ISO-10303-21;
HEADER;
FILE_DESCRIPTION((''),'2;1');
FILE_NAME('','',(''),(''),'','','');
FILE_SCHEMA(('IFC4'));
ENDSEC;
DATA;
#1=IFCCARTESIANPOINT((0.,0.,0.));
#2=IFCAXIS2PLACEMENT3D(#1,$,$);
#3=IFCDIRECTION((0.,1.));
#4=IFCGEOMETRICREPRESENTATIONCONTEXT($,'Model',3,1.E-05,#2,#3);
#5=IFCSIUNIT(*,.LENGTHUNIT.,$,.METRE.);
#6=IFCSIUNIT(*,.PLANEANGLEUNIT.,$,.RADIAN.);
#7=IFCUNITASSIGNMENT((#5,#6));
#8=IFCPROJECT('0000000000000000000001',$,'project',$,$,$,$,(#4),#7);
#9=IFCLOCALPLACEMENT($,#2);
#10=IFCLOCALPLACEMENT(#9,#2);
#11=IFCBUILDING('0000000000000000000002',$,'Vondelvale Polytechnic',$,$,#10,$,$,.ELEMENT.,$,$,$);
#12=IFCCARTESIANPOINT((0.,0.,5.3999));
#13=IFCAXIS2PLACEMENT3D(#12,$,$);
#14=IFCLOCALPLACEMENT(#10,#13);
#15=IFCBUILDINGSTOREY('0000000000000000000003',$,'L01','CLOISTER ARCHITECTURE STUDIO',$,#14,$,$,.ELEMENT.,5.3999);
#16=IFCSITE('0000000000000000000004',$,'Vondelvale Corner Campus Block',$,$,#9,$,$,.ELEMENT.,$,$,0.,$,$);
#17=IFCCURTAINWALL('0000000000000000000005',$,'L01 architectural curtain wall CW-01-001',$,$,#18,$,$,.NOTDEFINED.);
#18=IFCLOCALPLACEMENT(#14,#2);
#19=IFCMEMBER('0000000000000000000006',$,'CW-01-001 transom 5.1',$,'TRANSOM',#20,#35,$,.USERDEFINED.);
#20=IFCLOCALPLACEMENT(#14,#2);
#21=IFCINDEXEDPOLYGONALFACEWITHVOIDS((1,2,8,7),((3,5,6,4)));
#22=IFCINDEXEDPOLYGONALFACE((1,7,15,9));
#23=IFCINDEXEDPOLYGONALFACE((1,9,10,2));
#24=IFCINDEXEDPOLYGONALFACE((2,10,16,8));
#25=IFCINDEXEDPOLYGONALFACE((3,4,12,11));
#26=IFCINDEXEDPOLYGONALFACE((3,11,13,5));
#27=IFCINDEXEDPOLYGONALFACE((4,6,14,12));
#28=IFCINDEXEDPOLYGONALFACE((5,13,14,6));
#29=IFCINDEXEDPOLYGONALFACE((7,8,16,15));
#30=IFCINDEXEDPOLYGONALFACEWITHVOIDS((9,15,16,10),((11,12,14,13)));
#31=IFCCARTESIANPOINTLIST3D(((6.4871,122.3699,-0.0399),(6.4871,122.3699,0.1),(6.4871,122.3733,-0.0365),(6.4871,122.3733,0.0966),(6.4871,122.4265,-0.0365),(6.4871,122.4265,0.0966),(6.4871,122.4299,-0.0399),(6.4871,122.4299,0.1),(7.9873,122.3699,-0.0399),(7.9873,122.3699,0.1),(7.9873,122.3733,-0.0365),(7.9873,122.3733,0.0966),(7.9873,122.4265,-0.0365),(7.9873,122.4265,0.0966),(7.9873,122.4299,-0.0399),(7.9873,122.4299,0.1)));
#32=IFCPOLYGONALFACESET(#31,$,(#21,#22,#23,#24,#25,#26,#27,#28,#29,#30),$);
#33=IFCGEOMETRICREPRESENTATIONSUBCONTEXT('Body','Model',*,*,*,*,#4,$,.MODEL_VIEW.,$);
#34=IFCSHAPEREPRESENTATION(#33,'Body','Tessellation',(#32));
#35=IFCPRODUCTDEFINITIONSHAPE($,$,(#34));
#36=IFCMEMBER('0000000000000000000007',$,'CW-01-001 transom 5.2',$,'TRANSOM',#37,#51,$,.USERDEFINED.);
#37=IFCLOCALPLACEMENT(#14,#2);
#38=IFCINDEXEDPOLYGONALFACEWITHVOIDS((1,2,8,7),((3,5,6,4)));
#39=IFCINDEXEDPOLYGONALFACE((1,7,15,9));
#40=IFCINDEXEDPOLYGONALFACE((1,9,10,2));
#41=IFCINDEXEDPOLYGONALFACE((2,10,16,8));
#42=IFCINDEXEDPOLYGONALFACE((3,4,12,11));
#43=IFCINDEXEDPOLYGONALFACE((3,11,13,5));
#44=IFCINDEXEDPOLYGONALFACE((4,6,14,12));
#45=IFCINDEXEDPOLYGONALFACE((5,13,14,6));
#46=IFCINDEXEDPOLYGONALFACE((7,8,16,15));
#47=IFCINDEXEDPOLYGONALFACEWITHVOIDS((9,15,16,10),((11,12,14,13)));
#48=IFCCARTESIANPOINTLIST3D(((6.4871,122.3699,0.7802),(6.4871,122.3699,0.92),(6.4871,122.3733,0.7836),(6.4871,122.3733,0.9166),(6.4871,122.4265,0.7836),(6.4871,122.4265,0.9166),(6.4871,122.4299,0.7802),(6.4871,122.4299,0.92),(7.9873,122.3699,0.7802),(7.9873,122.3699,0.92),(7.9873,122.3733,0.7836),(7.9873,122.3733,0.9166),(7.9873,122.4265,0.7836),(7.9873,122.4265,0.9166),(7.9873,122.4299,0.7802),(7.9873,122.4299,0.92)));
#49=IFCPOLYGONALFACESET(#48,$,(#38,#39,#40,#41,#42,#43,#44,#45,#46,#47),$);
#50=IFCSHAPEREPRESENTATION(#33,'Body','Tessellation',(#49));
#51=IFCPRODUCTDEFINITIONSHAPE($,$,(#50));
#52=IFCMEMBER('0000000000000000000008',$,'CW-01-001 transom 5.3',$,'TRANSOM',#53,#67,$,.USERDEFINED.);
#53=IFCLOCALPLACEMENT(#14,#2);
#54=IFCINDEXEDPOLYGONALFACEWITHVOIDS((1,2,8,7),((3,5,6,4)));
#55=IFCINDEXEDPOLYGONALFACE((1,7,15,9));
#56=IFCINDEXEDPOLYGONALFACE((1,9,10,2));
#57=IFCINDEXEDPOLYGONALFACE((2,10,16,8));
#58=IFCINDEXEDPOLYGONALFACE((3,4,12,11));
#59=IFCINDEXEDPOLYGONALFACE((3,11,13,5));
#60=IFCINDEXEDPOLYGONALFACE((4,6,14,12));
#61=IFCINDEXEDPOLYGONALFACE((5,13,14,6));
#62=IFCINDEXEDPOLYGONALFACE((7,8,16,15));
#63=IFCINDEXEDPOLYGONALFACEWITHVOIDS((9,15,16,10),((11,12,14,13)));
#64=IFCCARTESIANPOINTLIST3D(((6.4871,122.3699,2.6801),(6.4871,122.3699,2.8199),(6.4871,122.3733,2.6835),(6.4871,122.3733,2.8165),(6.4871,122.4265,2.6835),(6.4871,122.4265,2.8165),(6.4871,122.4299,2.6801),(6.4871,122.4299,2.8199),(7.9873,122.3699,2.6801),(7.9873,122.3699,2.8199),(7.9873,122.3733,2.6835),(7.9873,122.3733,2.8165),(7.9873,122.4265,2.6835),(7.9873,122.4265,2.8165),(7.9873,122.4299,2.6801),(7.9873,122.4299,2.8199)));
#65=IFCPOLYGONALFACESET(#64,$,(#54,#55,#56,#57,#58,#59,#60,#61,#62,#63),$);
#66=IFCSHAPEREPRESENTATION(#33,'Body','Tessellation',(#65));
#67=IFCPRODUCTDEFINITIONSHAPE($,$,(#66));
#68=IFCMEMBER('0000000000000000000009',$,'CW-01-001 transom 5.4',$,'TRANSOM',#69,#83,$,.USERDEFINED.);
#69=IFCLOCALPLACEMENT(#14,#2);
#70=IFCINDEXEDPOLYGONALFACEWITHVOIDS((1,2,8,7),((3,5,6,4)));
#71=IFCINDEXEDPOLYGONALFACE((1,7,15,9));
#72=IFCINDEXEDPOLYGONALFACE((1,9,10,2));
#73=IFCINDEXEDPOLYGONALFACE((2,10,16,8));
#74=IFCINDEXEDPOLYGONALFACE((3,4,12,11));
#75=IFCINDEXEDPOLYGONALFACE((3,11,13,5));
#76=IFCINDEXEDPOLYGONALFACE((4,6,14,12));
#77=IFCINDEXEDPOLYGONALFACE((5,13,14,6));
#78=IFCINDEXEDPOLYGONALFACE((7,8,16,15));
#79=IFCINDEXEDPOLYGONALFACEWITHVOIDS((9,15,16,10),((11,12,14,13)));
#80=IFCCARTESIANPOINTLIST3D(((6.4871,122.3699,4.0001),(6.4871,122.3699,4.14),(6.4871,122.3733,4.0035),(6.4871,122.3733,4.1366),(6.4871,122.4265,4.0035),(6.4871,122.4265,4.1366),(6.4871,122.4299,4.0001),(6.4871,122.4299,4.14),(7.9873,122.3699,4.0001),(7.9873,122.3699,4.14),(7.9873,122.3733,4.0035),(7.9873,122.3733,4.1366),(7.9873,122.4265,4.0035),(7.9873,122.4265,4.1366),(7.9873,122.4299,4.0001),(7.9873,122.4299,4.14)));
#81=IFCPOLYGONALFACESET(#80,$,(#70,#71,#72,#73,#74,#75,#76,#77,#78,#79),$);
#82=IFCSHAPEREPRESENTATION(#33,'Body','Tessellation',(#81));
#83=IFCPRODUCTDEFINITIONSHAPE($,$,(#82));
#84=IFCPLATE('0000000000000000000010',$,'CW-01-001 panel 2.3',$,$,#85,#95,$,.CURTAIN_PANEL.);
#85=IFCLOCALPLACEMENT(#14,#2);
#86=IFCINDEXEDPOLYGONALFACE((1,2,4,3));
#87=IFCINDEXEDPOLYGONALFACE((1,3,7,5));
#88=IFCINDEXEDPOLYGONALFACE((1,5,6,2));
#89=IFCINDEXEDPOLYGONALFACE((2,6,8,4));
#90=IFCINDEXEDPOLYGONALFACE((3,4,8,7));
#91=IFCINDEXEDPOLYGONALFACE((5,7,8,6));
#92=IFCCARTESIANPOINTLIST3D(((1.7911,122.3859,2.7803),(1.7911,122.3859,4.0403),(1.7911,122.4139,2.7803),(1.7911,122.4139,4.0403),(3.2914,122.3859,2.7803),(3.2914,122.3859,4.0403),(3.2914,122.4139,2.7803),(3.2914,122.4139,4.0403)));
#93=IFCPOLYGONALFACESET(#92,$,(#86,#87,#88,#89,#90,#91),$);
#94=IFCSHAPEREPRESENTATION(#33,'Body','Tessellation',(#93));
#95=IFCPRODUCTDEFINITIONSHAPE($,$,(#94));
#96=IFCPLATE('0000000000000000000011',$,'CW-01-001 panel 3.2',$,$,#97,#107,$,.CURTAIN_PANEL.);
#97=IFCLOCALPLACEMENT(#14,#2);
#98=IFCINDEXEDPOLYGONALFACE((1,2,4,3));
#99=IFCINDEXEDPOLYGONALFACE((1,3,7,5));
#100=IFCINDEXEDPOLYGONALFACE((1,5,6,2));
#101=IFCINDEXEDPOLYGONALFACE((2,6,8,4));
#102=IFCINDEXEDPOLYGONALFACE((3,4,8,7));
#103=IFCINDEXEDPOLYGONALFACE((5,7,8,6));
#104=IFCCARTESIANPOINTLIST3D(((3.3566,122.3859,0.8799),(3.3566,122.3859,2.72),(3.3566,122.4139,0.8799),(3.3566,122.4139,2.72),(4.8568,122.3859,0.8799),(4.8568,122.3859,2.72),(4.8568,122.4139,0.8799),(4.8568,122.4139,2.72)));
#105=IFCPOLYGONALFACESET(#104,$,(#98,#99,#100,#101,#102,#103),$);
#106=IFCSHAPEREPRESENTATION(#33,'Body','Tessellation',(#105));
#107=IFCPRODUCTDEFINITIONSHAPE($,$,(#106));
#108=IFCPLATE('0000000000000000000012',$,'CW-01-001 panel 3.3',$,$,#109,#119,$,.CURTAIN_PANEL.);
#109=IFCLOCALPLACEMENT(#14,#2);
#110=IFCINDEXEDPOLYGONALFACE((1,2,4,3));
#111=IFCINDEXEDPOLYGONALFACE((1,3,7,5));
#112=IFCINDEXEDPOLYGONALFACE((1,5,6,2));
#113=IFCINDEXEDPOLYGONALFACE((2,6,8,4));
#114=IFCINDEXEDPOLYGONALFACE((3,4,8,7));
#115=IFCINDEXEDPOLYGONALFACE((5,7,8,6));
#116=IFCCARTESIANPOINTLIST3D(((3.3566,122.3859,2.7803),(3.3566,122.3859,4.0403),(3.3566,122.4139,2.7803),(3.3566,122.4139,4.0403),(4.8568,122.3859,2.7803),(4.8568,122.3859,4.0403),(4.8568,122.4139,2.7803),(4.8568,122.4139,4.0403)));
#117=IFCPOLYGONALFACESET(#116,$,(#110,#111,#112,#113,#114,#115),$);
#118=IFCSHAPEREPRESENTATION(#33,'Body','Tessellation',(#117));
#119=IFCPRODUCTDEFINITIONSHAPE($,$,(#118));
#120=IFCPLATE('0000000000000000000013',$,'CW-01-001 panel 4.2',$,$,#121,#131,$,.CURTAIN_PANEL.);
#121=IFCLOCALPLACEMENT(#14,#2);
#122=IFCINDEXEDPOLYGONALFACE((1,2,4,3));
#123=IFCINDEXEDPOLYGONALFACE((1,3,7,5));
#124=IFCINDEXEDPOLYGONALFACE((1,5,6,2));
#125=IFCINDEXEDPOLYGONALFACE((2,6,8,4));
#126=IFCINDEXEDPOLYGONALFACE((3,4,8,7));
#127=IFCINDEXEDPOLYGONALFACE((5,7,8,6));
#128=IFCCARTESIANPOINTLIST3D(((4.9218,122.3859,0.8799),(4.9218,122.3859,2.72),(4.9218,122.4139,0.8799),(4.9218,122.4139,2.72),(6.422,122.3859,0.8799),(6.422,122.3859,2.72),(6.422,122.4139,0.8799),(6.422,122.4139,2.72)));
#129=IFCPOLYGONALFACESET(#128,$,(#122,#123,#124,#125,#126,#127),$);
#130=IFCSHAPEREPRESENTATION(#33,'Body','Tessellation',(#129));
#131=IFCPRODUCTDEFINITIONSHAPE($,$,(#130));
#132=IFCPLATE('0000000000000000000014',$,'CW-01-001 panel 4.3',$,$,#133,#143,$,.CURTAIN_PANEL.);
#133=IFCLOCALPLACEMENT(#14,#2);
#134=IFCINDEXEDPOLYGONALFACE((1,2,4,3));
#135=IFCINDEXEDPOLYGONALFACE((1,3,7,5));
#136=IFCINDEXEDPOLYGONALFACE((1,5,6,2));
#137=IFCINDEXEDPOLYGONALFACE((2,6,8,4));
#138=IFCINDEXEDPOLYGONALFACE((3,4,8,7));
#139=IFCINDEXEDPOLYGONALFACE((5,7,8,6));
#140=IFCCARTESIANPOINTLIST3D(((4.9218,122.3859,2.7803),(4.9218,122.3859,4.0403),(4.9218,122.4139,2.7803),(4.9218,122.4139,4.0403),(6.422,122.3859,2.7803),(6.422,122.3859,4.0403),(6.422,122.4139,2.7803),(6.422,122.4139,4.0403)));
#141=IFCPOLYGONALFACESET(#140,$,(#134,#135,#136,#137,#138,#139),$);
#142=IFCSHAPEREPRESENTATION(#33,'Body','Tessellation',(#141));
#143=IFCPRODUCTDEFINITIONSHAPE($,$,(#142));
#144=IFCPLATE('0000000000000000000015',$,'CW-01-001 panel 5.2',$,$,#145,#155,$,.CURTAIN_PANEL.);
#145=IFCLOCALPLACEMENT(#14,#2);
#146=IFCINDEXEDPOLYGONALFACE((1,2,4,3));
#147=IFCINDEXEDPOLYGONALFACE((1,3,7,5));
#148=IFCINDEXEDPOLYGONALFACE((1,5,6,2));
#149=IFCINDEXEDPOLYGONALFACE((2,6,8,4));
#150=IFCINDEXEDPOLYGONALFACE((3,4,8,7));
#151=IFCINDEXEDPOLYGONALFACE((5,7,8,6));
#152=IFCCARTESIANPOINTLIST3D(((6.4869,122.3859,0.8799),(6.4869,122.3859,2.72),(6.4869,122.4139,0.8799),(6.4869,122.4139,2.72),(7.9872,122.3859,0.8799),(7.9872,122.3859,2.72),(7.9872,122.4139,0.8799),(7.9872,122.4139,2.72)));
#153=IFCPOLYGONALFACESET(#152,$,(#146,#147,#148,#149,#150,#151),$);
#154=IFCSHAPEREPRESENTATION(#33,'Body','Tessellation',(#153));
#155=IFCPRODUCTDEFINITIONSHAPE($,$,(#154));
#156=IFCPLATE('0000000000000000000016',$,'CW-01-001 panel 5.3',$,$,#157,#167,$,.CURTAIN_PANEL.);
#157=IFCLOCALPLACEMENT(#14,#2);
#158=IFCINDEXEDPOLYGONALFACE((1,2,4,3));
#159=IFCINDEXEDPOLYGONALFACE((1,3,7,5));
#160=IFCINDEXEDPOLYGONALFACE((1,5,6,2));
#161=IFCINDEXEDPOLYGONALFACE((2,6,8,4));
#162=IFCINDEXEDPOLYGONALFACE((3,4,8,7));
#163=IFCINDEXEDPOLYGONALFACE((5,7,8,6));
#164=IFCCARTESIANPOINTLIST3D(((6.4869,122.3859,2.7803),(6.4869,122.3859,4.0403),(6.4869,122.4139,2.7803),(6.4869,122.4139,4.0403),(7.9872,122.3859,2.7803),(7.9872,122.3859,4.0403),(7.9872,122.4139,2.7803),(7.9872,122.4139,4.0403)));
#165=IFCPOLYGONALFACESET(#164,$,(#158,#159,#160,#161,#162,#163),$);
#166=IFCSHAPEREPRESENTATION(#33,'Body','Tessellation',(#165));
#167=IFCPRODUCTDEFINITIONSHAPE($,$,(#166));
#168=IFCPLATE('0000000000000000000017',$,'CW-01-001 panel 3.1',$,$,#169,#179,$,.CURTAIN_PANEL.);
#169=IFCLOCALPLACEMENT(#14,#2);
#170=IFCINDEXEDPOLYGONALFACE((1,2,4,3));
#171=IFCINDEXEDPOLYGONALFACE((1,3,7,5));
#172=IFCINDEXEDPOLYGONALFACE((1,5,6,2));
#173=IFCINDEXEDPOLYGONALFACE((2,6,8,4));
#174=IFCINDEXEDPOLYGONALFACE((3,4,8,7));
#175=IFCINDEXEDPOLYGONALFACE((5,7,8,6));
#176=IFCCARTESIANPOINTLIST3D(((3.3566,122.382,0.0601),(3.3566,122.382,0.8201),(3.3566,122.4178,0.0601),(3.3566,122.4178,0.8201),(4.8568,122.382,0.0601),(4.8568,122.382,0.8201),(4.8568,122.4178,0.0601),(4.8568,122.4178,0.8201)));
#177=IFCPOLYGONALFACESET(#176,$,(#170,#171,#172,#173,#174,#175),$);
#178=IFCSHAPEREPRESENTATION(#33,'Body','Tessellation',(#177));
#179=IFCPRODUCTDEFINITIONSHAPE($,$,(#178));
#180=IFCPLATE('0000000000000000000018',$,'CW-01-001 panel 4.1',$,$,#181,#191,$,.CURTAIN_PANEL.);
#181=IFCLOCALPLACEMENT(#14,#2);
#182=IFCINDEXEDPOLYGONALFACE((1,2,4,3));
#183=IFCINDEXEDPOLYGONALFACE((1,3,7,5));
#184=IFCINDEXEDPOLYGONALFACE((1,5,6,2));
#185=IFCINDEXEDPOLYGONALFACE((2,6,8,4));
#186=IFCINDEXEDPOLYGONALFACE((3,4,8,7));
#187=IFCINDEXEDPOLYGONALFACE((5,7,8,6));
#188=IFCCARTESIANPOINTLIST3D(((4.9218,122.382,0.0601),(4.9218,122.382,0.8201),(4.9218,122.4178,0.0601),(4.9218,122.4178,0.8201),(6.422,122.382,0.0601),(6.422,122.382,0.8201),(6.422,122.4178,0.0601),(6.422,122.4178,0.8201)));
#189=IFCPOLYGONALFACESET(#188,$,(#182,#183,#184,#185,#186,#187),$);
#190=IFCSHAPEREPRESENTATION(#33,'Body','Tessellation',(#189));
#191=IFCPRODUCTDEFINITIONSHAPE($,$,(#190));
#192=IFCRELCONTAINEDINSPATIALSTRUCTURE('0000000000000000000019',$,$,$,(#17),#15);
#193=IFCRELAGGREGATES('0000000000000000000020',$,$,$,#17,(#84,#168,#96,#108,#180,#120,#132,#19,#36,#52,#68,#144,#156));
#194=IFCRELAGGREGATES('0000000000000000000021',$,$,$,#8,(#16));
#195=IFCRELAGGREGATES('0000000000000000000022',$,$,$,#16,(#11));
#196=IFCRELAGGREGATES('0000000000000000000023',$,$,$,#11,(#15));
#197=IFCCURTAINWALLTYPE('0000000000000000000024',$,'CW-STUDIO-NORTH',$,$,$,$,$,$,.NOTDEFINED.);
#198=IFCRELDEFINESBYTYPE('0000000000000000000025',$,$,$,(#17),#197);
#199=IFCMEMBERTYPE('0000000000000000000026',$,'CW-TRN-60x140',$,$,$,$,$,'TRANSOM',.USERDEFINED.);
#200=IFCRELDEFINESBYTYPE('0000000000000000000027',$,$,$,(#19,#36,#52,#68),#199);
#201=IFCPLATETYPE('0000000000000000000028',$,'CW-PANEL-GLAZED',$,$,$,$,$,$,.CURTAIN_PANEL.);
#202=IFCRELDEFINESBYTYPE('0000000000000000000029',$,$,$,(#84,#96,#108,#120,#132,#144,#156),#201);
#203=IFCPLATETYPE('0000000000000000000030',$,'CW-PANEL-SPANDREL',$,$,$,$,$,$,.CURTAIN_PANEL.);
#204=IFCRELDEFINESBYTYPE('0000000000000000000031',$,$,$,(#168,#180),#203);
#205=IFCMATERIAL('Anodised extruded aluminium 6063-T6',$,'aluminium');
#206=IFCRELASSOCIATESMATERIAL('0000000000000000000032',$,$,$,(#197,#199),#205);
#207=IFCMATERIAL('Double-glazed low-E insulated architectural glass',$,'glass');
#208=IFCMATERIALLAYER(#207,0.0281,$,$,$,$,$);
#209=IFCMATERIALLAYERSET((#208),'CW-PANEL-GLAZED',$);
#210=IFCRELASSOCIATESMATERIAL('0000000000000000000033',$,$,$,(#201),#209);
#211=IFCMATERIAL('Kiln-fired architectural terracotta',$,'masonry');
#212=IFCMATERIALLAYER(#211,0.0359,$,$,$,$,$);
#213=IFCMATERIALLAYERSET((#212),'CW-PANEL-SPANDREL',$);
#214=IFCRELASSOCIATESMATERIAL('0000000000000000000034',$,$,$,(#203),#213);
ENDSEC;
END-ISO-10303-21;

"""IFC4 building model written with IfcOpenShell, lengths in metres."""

from ifc_helpers import new_model, si_unit, direction, frame, origin, origin_2d, place, context, subcontext, project, spatial, rectangle, hollow_rectangle, extrude, material, layer, layer_set, material_profile, profile_set, type_object, element, aggregate, save


model = new_model("IFC4")

# Units and contexts
model_context = context("Model", 3, precision=1e-05, world=origin(), true_north=direction((0.0, 1.0)))
body_context = subcontext(model_context, "Body", "Model", "MODEL_VIEW")
ifc_project = project(units=[si_unit("LENGTHUNIT", "METRE"), si_unit("PLANEANGLEUNIT", "RADIAN")], contexts=[model_context])

# Site, building, storey
site_placement = place(None, origin())
site = spatial("IfcSite", under=ifc_project, at=site_placement, Name="Vondelvale Corner Campus Block", CompositionType="ELEMENT", RefElevation=0.0)
building_placement = place(site_placement, origin())
building = spatial("IfcBuilding", under=site, at=building_placement, Name="Vondelvale Polytechnic", CompositionType="ELEMENT")
storey_placement = place(building_placement, frame((0.0, 0.0, 5.3999)))
storey = spatial("IfcBuildingStorey", under=building, at=storey_placement, Name="L01", Description="CLOISTER ARCHITECTURE STUDIO", CompositionType="ELEMENT", Elevation=5.3999)

# Curtain wall, members, plates
ifc_material_1 = material(Name="Anodised extruded aluminium 6063-T6", Category="aluminium")
curtain_wall_type = type_object("IfcCurtainWallType", Name="CW-STUDIO-NORTH", PredefinedType="NOTDEFINED", material=ifc_material_1)
curtain_wall_placement = place(storey_placement, origin())
curtain_wall = element("IfcCurtainWall", 1, at=curtain_wall_placement, inside=storey, type_object=curtain_wall_type, Name="L01 architectural curtain wall CW-01-001", PredefinedType="NOTDEFINED")
ifc_material_profile_1 = material_profile(ifc_material_1, hollow_rectangle(XDim=0.0601, YDim=0.1399, WallThickness=0.0034, at=origin_2d()), Name="CW-TRN-140x60")
ifc_profile_set_1 = profile_set([ifc_material_profile_1], Name="Anodised extruded aluminium 6063-T6")
member_type_1 = type_object("IfcMemberType", Name="CW-TRN-60x140", ElementType="TRANSOM", PredefinedType="USERDEFINED", material=ifc_profile_set_1)
member_1_placement = place(storey_placement, frame((6.4871, 122.3999, 0.03), z_axis=(1.0, 0.0, 0.0), x_axis=(0.0, 1.0, 0.0)))
member_1 = element("IfcMember", 2, at=member_1_placement, type_object=member_type_1, Name="CW-01-001 transom 5.1", ObjectType="TRANSOM", PredefinedType="USERDEFINED", context=body_context, shape_type="SweptSolid", body=[
    extrude(hollow_rectangle(XDim=0.0601, YDim=0.1399, WallThickness=0.0034, at=origin_2d()), origin(), (0.0, 0.0, 1.0), 1.5002),
])
member_2_placement = place(storey_placement, frame((6.4871, 122.3999, 0.8501), z_axis=(1.0, 0.0, 0.0), x_axis=(0.0, 1.0, 0.0)))
member_2 = element("IfcMember", 3, at=member_2_placement, type_object=member_type_1, Name="CW-01-001 transom 5.2", ObjectType="TRANSOM", PredefinedType="USERDEFINED", context=body_context, shape_type="SweptSolid", body=[
    extrude(hollow_rectangle(XDim=0.0601, YDim=0.1399, WallThickness=0.0034, at=origin_2d()), origin(), (0.0, 0.0, 1.0), 1.5002),
])
member_3_placement = place(storey_placement, frame((6.4871, 122.3999, 2.75), z_axis=(1.0, 0.0, 0.0), x_axis=(0.0, 1.0, 0.0)))
member_3 = element("IfcMember", 4, at=member_3_placement, type_object=member_type_1, Name="CW-01-001 transom 5.3", ObjectType="TRANSOM", PredefinedType="USERDEFINED", context=body_context, shape_type="SweptSolid", body=[
    extrude(hollow_rectangle(XDim=0.0601, YDim=0.1399, WallThickness=0.0034, at=origin_2d()), origin(), (0.0, 0.0, 1.0), 1.5002),
])
member_4_placement = place(storey_placement, frame((6.4871, 122.3999, 4.0701), z_axis=(1.0, 0.0, 0.0), x_axis=(0.0, 1.0, 0.0)))
member_4 = element("IfcMember", 5, at=member_4_placement, type_object=member_type_1, Name="CW-01-001 transom 5.4", ObjectType="TRANSOM", PredefinedType="USERDEFINED", context=body_context, shape_type="SweptSolid", body=[
    extrude(hollow_rectangle(XDim=0.0601, YDim=0.1399, WallThickness=0.0034, at=origin_2d()), origin(), (0.0, 0.0, 1.0), 1.5002),
])
ifc_material_2 = material(Name="Double-glazed low-E insulated architectural glass", Category="glass")
ifc_layer_1 = layer(ifc_material_2, 0.0281)
ifc_layer_set_1 = layer_set([ifc_layer_1], Name="CW-PANEL-GLAZED")
plate_type_1 = type_object("IfcPlateType", Name="CW-PANEL-GLAZED", PredefinedType="CURTAIN_PANEL", material=ifc_layer_set_1)
plate_1_placement = place(storey_placement, frame((2.5413, 122.3999, 2.7803), z_axis=(0.0, 0.0, 1.0), x_axis=(1.0, 0.0, 0.0)))
plate_1 = element("IfcPlate", 6, at=plate_1_placement, type_object=plate_type_1, Name="CW-01-001 panel 2.3", PredefinedType="CURTAIN_PANEL", context=body_context, shape_type="SweptSolid", body=[
    extrude(rectangle(XDim=1.5002, YDim=0.0281, at=origin_2d()), origin(), (0.0, 0.0, 1.0), 1.26),
])
plate_2_placement = place(storey_placement, frame((4.1067, 122.3999, 0.8799), z_axis=(0.0, 0.0, 1.0), x_axis=(1.0, 0.0, 0.0)))
plate_2 = element("IfcPlate", 7, at=plate_2_placement, type_object=plate_type_1, Name="CW-01-001 panel 3.2", PredefinedType="CURTAIN_PANEL", context=body_context, shape_type="SweptSolid", body=[
    extrude(rectangle(XDim=1.5002, YDim=0.0281, at=origin_2d()), origin(), (0.0, 0.0, 1.0), 1.8401),
])
plate_3_placement = place(storey_placement, frame((4.1067, 122.3999, 2.7803), z_axis=(0.0, 0.0, 1.0), x_axis=(1.0, 0.0, 0.0)))
plate_3 = element("IfcPlate", 8, at=plate_3_placement, type_object=plate_type_1, Name="CW-01-001 panel 3.3", PredefinedType="CURTAIN_PANEL", context=body_context, shape_type="SweptSolid", body=[
    extrude(rectangle(XDim=1.5002, YDim=0.0281, at=origin_2d()), origin(), (0.0, 0.0, 1.0), 1.26),
])
plate_4_placement = place(storey_placement, frame((5.6719, 122.3999, 0.8799), z_axis=(0.0, 0.0, 1.0), x_axis=(1.0, 0.0, 0.0)))
plate_4 = element("IfcPlate", 9, at=plate_4_placement, type_object=plate_type_1, Name="CW-01-001 panel 4.2", PredefinedType="CURTAIN_PANEL", context=body_context, shape_type="SweptSolid", body=[
    extrude(rectangle(XDim=1.5002, YDim=0.0281, at=origin_2d()), origin(), (0.0, 0.0, 1.0), 1.8401),
])
plate_5_placement = place(storey_placement, frame((5.6719, 122.3999, 2.7803), z_axis=(0.0, 0.0, 1.0), x_axis=(1.0, 0.0, 0.0)))
plate_5 = element("IfcPlate", 10, at=plate_5_placement, type_object=plate_type_1, Name="CW-01-001 panel 4.3", PredefinedType="CURTAIN_PANEL", context=body_context, shape_type="SweptSolid", body=[
    extrude(rectangle(XDim=1.5002, YDim=0.0281, at=origin_2d()), origin(), (0.0, 0.0, 1.0), 1.26),
])
plate_6_placement = place(storey_placement, frame((7.2371, 122.3999, 0.8799), z_axis=(0.0, 0.0, 1.0), x_axis=(1.0, 0.0, 0.0)))
plate_6 = element("IfcPlate", 11, at=plate_6_placement, type_object=plate_type_1, Name="CW-01-001 panel 5.2", PredefinedType="CURTAIN_PANEL", context=body_context, shape_type="SweptSolid", body=[
    extrude(rectangle(XDim=1.5002, YDim=0.0281, at=origin_2d()), origin(), (0.0, 0.0, 1.0), 1.8401),
])
plate_7_placement = place(storey_placement, frame((7.2371, 122.3999, 2.7803), z_axis=(0.0, 0.0, 1.0), x_axis=(1.0, 0.0, 0.0)))
plate_7 = element("IfcPlate", 12, at=plate_7_placement, type_object=plate_type_1, Name="CW-01-001 panel 5.3", PredefinedType="CURTAIN_PANEL", context=body_context, shape_type="SweptSolid", body=[
    extrude(rectangle(XDim=1.5002, YDim=0.0281, at=origin_2d()), origin(), (0.0, 0.0, 1.0), 1.26),
])
ifc_material_3 = material(Name="Kiln-fired architectural terracotta", Category="masonry")
ifc_layer_2 = layer(ifc_material_3, 0.0359)
ifc_layer_set_2 = layer_set([ifc_layer_2], Name="CW-PANEL-SPANDREL")
plate_type_2 = type_object("IfcPlateType", Name="CW-PANEL-SPANDREL", PredefinedType="CURTAIN_PANEL", material=ifc_layer_set_2)
plate_8_placement = place(storey_placement, frame((4.1067, 122.3999, 0.0601), z_axis=(0.0, 0.0, 1.0), x_axis=(1.0, 0.0, 0.0)))
plate_8 = element("IfcPlate", 13, at=plate_8_placement, type_object=plate_type_2, Name="CW-01-001 panel 3.1", PredefinedType="CURTAIN_PANEL", context=body_context, shape_type="SweptSolid", body=[
    extrude(rectangle(XDim=1.5002, YDim=0.0359, at=origin_2d()), origin(), (0.0, 0.0, 1.0), 0.76),
])
plate_9_placement = place(storey_placement, frame((5.6719, 122.3999, 0.0601), z_axis=(0.0, 0.0, 1.0), x_axis=(1.0, 0.0, 0.0)))
plate_9 = element("IfcPlate", 14, at=plate_9_placement, type_object=plate_type_2, Name="CW-01-001 panel 4.1", PredefinedType="CURTAIN_PANEL", context=body_context, shape_type="SweptSolid", body=[
    extrude(rectangle(XDim=1.5002, YDim=0.0359, at=origin_2d()), origin(), (0.0, 0.0, 1.0), 0.76),
])
aggregate(curtain_wall, [plate_1, plate_8, plate_2, plate_3, plate_9, plate_4, plate_5, member_1, member_2, member_3, member_4, plate_6, plate_7])

save(model, "model.ifc")
